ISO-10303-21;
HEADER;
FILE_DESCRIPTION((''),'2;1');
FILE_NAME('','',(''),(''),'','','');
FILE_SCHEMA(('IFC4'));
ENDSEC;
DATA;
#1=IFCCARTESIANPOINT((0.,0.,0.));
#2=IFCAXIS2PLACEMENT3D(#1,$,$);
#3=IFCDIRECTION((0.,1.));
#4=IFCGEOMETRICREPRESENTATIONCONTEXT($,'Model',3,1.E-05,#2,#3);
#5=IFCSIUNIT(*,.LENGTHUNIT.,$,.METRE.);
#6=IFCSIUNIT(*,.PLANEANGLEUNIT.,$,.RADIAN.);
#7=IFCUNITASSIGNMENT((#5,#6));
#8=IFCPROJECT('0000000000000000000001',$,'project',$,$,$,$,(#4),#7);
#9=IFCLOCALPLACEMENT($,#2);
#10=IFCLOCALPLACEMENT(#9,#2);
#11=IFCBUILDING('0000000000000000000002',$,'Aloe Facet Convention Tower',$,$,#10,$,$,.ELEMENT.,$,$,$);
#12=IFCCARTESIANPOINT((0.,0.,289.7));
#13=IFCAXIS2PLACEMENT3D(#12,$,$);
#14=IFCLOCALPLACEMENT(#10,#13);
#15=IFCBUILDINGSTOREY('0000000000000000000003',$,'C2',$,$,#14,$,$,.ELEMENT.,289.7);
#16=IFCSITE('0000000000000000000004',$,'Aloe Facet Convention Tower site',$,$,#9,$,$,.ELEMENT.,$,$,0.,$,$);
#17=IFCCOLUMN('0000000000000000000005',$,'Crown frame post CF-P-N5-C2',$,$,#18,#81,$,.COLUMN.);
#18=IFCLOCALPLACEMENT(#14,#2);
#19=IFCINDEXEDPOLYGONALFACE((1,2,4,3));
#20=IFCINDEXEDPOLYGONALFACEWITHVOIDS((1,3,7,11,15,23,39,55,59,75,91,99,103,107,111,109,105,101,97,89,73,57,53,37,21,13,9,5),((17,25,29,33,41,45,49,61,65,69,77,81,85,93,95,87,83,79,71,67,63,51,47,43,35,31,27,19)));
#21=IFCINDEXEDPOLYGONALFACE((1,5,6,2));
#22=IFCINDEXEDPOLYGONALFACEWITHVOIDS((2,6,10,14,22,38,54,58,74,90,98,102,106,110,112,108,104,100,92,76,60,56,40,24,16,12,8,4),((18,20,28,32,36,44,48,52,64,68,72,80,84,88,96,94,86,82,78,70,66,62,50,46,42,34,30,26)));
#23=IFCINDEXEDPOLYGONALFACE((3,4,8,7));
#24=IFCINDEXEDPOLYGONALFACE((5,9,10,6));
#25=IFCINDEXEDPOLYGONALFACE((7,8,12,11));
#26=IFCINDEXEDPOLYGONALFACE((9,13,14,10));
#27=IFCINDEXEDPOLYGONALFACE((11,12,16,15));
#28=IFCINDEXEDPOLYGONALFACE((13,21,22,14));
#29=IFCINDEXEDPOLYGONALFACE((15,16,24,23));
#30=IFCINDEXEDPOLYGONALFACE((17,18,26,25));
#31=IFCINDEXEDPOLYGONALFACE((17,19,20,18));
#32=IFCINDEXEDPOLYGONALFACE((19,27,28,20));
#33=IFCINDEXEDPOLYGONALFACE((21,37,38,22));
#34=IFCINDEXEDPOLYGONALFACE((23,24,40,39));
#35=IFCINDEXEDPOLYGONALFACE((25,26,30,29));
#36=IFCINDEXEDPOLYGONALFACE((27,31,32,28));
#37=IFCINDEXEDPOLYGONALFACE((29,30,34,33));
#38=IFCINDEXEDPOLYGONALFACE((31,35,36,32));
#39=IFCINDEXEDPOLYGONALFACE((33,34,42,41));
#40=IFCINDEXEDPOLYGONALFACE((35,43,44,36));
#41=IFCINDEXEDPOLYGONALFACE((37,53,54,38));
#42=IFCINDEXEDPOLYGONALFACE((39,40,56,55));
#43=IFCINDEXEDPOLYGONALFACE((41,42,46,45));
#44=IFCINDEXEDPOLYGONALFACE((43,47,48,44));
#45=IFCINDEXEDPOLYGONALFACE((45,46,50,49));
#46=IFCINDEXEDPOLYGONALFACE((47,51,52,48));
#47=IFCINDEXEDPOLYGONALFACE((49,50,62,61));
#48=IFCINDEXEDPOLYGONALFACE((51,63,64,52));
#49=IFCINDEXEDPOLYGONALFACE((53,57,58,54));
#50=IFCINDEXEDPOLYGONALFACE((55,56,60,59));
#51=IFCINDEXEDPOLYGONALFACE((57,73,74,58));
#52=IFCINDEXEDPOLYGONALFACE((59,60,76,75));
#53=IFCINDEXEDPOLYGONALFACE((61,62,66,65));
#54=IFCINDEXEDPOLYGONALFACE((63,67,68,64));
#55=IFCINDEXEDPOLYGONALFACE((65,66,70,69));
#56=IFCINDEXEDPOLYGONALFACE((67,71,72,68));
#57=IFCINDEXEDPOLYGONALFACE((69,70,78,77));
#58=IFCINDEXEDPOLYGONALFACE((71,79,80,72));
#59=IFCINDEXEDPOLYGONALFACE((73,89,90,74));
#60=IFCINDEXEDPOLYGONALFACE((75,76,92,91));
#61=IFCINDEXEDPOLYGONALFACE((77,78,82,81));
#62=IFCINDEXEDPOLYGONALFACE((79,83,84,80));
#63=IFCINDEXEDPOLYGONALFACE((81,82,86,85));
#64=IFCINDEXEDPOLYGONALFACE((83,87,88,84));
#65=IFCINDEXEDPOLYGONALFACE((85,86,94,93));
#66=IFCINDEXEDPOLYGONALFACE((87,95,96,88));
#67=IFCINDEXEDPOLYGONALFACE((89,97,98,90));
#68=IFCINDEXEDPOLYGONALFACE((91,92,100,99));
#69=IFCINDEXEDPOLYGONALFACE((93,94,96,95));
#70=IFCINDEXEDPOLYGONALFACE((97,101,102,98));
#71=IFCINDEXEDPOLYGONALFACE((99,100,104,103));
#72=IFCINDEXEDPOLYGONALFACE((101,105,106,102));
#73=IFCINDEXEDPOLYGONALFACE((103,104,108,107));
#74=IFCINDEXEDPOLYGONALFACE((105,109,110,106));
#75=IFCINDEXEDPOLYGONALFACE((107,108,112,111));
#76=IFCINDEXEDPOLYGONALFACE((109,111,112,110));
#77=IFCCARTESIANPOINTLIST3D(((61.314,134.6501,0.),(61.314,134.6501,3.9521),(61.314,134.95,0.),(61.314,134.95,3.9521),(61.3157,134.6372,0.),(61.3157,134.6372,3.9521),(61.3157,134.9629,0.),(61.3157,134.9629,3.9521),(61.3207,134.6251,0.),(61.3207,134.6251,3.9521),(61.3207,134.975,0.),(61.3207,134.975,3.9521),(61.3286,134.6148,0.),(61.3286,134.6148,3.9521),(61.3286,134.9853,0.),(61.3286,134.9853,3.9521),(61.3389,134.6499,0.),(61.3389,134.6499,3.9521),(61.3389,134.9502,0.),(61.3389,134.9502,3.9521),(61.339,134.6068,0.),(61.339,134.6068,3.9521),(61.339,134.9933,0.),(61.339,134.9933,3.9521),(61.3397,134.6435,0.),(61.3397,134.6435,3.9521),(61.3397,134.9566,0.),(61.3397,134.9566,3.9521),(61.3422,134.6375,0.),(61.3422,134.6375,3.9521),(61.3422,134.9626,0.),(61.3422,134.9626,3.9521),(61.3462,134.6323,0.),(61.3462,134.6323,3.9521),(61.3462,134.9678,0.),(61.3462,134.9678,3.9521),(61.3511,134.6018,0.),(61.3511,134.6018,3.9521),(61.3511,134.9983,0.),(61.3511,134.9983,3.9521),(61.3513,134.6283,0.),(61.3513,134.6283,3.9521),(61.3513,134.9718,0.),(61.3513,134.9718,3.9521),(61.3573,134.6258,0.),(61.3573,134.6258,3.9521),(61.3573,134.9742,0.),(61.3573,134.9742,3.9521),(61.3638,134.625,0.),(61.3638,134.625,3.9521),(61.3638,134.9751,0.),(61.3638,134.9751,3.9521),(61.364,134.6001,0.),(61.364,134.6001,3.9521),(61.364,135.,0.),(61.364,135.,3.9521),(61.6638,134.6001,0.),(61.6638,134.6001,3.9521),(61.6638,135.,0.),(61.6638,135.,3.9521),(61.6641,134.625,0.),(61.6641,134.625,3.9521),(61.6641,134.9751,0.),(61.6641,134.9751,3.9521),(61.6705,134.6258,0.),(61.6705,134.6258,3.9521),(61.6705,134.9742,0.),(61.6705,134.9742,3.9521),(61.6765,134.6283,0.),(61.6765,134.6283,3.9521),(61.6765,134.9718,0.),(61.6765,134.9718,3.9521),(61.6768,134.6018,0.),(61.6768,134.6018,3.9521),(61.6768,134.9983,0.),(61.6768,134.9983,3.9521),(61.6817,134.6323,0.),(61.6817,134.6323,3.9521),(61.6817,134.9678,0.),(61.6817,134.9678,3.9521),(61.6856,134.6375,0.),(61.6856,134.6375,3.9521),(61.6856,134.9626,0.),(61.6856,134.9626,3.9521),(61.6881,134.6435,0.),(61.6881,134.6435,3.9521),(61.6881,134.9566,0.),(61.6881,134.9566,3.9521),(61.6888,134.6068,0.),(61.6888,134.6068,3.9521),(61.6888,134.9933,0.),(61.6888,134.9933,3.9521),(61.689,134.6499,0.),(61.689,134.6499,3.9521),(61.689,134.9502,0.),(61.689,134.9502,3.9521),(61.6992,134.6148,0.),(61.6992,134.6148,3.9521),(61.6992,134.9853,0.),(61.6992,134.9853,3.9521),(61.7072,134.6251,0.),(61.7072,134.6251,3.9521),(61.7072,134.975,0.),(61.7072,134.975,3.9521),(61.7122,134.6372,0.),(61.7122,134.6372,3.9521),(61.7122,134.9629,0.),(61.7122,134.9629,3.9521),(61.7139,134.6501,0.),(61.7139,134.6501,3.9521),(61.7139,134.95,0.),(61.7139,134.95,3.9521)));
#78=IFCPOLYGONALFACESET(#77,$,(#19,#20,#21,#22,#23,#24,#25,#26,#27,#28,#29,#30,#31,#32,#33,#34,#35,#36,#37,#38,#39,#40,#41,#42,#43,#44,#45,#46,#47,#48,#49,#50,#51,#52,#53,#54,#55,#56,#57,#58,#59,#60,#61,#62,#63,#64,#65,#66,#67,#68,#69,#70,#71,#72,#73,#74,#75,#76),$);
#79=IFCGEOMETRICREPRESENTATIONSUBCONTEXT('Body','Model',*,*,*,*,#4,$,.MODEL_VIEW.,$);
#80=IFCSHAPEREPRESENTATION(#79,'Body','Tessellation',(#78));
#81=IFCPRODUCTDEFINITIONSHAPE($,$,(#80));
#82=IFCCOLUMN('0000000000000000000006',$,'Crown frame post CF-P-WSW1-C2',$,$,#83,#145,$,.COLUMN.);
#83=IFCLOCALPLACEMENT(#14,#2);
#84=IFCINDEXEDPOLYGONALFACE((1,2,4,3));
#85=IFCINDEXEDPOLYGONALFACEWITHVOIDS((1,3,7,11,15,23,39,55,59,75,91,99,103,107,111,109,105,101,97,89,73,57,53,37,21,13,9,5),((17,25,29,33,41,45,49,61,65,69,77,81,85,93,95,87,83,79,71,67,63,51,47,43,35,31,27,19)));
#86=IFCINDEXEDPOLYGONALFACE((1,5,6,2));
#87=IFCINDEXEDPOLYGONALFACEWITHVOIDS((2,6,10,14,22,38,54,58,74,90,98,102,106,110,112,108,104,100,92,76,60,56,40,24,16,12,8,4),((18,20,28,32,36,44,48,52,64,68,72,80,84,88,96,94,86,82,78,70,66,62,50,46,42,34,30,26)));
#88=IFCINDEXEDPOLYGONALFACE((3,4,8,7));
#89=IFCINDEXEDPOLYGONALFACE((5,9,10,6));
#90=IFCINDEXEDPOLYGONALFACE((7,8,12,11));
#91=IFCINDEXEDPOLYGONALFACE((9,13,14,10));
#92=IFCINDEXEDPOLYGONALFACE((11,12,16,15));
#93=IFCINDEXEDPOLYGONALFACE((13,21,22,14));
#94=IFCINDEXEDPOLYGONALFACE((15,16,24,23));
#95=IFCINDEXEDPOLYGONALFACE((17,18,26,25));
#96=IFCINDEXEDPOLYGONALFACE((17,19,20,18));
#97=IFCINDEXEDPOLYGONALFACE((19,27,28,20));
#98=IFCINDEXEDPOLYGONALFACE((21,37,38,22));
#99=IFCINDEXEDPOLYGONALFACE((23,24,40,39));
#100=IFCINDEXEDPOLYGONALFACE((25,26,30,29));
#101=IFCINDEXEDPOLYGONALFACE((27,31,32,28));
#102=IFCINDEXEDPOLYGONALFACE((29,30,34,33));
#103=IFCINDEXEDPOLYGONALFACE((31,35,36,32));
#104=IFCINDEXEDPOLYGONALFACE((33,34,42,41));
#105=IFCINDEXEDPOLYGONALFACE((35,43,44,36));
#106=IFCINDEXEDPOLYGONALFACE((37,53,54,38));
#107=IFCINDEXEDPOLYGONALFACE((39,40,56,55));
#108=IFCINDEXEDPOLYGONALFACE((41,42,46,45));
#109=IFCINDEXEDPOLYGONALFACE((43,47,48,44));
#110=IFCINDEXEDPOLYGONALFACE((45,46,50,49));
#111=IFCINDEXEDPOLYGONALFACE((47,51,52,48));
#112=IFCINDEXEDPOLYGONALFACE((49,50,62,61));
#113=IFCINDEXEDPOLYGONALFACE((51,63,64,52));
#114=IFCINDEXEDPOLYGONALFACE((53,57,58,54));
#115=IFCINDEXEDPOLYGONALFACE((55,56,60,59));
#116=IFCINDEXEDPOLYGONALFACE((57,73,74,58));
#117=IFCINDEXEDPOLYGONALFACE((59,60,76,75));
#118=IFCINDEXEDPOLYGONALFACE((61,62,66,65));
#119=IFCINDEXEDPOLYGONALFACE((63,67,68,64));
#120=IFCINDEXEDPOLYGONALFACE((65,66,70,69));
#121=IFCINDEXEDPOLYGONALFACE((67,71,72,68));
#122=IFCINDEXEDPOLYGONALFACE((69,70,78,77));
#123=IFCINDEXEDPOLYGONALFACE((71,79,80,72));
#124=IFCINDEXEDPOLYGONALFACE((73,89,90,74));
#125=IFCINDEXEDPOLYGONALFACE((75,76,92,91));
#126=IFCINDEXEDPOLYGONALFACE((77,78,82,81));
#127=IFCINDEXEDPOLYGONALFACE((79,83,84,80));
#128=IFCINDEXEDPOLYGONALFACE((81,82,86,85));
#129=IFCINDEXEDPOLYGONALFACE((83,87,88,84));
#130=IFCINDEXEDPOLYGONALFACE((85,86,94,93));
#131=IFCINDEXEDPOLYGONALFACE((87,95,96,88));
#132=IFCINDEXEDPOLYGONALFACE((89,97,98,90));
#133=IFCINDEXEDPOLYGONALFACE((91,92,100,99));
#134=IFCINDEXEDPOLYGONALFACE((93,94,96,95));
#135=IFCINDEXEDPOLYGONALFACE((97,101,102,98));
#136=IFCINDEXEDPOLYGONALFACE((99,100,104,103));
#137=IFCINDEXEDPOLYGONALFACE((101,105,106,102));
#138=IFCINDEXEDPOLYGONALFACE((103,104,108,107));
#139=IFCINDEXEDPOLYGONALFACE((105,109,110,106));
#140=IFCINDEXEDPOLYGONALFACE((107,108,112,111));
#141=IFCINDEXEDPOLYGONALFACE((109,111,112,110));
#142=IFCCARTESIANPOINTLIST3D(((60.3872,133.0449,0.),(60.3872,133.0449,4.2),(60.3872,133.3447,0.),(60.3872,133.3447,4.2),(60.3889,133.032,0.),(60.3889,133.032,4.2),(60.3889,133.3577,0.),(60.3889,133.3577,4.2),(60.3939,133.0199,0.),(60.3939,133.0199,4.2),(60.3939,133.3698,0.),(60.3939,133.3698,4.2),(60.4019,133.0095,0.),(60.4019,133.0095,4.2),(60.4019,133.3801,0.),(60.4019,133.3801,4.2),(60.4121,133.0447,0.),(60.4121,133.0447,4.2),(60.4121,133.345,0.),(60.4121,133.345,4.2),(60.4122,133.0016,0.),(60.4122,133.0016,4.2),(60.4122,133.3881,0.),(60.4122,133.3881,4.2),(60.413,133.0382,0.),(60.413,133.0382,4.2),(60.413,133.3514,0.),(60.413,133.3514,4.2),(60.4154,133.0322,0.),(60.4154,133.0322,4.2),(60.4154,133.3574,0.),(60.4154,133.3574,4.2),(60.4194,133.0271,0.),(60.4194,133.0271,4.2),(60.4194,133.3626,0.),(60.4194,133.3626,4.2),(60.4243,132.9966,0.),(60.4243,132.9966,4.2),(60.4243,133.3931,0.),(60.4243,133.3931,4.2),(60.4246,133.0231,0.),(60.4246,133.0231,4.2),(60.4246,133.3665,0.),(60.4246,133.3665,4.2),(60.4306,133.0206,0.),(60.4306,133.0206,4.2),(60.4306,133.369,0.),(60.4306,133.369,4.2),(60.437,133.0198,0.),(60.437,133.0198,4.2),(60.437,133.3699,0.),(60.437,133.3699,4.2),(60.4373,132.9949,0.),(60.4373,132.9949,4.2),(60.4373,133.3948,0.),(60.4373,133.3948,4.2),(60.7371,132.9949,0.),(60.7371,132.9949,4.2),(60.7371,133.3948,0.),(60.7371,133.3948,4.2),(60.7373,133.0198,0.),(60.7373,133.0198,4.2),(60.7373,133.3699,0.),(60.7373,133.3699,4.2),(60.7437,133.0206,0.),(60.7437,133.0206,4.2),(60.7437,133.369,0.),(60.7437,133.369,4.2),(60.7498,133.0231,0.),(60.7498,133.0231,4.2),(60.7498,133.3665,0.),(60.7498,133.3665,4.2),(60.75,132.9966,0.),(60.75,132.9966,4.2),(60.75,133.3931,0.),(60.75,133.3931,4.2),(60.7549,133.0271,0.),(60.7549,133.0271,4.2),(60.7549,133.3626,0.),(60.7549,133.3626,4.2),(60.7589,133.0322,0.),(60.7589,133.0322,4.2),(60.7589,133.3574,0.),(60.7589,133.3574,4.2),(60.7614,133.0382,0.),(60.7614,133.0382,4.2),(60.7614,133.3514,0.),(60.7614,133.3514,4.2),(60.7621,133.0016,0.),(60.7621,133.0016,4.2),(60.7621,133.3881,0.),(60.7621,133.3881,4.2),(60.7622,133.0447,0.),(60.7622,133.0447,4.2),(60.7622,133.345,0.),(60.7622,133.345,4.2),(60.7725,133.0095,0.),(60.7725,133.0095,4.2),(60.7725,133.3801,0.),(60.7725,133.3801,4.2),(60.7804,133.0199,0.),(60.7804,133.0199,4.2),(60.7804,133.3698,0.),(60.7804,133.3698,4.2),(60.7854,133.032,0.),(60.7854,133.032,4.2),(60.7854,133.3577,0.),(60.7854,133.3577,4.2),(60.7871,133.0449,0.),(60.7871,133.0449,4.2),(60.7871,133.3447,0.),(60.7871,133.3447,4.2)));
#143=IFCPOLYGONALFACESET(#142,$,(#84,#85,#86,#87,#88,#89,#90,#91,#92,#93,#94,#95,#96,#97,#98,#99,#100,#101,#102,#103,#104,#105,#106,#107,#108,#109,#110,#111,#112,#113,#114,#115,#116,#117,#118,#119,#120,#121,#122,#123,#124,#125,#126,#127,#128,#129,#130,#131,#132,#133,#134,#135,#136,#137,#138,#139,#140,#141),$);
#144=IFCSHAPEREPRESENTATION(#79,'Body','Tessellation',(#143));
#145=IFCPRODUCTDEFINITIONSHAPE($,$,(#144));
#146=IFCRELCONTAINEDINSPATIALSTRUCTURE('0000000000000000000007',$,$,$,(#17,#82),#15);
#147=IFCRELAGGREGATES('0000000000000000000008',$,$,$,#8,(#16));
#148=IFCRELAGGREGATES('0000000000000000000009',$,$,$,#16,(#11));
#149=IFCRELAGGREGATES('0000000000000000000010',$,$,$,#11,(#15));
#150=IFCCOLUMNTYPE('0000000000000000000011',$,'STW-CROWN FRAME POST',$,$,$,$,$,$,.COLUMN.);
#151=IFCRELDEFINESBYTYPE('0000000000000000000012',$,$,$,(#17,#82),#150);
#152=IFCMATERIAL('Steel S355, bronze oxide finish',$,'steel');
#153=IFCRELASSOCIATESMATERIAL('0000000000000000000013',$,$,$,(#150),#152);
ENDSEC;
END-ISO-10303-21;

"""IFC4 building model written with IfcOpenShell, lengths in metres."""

from ifc_helpers import new_model, si_unit, direction, frame, origin, origin_2d, place, context, subcontext, project, spatial, hollow_rectangle, extrude, material, material_profile, profile_set, type_object, element, save


model = new_model("IFC4")

# Units and contexts
model_context = context("Model", 3, precision=1e-05, world=origin(), true_north=direction((0.0, 1.0)))
body_context = subcontext(model_context, "Body", "Model", "MODEL_VIEW")
ifc_project = project(units=[si_unit("LENGTHUNIT", "METRE"), si_unit("PLANEANGLEUNIT", "RADIAN")], contexts=[model_context])

# Site, building, storey
site_placement = place(None, origin())
site = spatial("IfcSite", under=ifc_project, at=site_placement, Name="Aloe Facet Convention Tower site", CompositionType="ELEMENT", RefElevation=0.0)
building_placement = place(site_placement, origin())
building = spatial("IfcBuilding", under=site, at=building_placement, Name="Aloe Facet Convention Tower", CompositionType="ELEMENT")
storey_placement = place(building_placement, frame((0.0, 0.0, 289.7)))
storey = spatial("IfcBuildingStorey", under=building, at=storey_placement, Name="C2", CompositionType="ELEMENT", Elevation=289.7)

# Columns
ifc_material_1 = material(Name="Steel S355, bronze oxide finish", Category="steel")
ifc_material_profile_1 = material_profile(ifc_material_1, hollow_rectangle(XDim=0.3999, YDim=0.3999, WallThickness=0.0249, InnerFilletRadius=0.0249, OuterFilletRadius=0.05, at=origin_2d()), Name="SHS 400x400x25")
ifc_profile_set_1 = profile_set([ifc_material_profile_1], Name="Steel S355, bronze oxide finish")
column_type = type_object("IfcColumnType", Name="STW-CROWN FRAME POST", PredefinedType="COLUMN", material=ifc_profile_set_1)
column_placement = place(storey_placement, frame((61.5139, 134.8, 0.0), z_axis=(0.0, 0.0, 1.0), x_axis=(1.0, 0.0, 0.0)))
element("IfcColumn", 1, at=column_placement, inside=storey, type_object=column_type, Name="Crown frame post CF-P-N5-C2", PredefinedType="COLUMN", context=body_context, shape_type="SweptSolid", body=[
    extrude(hollow_rectangle(XDim=0.3999, YDim=0.3999, WallThickness=0.0249, InnerFilletRadius=0.0249, OuterFilletRadius=0.05, at=origin_2d()), origin(), (0.0, 0.0, 1.0), 3.9521),
])
for number, where, z_axis, x_axis, name in (
    (2, (60.5872, 133.1948, 0.0), (0.0, 0.0, 1.0), (1.0, 0.0, 0.0), "Crown frame post CF-P-WSW1-C2"),
):
    element("IfcColumn", number, at=place(storey_placement, frame(where, z_axis=z_axis, x_axis=x_axis)), inside=storey, type_object=column_type, Name=name, PredefinedType="COLUMN", context=body_context, shape_type="SweptSolid", body=[
        extrude(hollow_rectangle(XDim=0.3999, YDim=0.3999, WallThickness=0.0249, InnerFilletRadius=0.0249, OuterFilletRadius=0.05, at=origin_2d()), origin(), (0.0, 0.0, 1.0), 4.2),
    ])

save(model, "model.ifc")
